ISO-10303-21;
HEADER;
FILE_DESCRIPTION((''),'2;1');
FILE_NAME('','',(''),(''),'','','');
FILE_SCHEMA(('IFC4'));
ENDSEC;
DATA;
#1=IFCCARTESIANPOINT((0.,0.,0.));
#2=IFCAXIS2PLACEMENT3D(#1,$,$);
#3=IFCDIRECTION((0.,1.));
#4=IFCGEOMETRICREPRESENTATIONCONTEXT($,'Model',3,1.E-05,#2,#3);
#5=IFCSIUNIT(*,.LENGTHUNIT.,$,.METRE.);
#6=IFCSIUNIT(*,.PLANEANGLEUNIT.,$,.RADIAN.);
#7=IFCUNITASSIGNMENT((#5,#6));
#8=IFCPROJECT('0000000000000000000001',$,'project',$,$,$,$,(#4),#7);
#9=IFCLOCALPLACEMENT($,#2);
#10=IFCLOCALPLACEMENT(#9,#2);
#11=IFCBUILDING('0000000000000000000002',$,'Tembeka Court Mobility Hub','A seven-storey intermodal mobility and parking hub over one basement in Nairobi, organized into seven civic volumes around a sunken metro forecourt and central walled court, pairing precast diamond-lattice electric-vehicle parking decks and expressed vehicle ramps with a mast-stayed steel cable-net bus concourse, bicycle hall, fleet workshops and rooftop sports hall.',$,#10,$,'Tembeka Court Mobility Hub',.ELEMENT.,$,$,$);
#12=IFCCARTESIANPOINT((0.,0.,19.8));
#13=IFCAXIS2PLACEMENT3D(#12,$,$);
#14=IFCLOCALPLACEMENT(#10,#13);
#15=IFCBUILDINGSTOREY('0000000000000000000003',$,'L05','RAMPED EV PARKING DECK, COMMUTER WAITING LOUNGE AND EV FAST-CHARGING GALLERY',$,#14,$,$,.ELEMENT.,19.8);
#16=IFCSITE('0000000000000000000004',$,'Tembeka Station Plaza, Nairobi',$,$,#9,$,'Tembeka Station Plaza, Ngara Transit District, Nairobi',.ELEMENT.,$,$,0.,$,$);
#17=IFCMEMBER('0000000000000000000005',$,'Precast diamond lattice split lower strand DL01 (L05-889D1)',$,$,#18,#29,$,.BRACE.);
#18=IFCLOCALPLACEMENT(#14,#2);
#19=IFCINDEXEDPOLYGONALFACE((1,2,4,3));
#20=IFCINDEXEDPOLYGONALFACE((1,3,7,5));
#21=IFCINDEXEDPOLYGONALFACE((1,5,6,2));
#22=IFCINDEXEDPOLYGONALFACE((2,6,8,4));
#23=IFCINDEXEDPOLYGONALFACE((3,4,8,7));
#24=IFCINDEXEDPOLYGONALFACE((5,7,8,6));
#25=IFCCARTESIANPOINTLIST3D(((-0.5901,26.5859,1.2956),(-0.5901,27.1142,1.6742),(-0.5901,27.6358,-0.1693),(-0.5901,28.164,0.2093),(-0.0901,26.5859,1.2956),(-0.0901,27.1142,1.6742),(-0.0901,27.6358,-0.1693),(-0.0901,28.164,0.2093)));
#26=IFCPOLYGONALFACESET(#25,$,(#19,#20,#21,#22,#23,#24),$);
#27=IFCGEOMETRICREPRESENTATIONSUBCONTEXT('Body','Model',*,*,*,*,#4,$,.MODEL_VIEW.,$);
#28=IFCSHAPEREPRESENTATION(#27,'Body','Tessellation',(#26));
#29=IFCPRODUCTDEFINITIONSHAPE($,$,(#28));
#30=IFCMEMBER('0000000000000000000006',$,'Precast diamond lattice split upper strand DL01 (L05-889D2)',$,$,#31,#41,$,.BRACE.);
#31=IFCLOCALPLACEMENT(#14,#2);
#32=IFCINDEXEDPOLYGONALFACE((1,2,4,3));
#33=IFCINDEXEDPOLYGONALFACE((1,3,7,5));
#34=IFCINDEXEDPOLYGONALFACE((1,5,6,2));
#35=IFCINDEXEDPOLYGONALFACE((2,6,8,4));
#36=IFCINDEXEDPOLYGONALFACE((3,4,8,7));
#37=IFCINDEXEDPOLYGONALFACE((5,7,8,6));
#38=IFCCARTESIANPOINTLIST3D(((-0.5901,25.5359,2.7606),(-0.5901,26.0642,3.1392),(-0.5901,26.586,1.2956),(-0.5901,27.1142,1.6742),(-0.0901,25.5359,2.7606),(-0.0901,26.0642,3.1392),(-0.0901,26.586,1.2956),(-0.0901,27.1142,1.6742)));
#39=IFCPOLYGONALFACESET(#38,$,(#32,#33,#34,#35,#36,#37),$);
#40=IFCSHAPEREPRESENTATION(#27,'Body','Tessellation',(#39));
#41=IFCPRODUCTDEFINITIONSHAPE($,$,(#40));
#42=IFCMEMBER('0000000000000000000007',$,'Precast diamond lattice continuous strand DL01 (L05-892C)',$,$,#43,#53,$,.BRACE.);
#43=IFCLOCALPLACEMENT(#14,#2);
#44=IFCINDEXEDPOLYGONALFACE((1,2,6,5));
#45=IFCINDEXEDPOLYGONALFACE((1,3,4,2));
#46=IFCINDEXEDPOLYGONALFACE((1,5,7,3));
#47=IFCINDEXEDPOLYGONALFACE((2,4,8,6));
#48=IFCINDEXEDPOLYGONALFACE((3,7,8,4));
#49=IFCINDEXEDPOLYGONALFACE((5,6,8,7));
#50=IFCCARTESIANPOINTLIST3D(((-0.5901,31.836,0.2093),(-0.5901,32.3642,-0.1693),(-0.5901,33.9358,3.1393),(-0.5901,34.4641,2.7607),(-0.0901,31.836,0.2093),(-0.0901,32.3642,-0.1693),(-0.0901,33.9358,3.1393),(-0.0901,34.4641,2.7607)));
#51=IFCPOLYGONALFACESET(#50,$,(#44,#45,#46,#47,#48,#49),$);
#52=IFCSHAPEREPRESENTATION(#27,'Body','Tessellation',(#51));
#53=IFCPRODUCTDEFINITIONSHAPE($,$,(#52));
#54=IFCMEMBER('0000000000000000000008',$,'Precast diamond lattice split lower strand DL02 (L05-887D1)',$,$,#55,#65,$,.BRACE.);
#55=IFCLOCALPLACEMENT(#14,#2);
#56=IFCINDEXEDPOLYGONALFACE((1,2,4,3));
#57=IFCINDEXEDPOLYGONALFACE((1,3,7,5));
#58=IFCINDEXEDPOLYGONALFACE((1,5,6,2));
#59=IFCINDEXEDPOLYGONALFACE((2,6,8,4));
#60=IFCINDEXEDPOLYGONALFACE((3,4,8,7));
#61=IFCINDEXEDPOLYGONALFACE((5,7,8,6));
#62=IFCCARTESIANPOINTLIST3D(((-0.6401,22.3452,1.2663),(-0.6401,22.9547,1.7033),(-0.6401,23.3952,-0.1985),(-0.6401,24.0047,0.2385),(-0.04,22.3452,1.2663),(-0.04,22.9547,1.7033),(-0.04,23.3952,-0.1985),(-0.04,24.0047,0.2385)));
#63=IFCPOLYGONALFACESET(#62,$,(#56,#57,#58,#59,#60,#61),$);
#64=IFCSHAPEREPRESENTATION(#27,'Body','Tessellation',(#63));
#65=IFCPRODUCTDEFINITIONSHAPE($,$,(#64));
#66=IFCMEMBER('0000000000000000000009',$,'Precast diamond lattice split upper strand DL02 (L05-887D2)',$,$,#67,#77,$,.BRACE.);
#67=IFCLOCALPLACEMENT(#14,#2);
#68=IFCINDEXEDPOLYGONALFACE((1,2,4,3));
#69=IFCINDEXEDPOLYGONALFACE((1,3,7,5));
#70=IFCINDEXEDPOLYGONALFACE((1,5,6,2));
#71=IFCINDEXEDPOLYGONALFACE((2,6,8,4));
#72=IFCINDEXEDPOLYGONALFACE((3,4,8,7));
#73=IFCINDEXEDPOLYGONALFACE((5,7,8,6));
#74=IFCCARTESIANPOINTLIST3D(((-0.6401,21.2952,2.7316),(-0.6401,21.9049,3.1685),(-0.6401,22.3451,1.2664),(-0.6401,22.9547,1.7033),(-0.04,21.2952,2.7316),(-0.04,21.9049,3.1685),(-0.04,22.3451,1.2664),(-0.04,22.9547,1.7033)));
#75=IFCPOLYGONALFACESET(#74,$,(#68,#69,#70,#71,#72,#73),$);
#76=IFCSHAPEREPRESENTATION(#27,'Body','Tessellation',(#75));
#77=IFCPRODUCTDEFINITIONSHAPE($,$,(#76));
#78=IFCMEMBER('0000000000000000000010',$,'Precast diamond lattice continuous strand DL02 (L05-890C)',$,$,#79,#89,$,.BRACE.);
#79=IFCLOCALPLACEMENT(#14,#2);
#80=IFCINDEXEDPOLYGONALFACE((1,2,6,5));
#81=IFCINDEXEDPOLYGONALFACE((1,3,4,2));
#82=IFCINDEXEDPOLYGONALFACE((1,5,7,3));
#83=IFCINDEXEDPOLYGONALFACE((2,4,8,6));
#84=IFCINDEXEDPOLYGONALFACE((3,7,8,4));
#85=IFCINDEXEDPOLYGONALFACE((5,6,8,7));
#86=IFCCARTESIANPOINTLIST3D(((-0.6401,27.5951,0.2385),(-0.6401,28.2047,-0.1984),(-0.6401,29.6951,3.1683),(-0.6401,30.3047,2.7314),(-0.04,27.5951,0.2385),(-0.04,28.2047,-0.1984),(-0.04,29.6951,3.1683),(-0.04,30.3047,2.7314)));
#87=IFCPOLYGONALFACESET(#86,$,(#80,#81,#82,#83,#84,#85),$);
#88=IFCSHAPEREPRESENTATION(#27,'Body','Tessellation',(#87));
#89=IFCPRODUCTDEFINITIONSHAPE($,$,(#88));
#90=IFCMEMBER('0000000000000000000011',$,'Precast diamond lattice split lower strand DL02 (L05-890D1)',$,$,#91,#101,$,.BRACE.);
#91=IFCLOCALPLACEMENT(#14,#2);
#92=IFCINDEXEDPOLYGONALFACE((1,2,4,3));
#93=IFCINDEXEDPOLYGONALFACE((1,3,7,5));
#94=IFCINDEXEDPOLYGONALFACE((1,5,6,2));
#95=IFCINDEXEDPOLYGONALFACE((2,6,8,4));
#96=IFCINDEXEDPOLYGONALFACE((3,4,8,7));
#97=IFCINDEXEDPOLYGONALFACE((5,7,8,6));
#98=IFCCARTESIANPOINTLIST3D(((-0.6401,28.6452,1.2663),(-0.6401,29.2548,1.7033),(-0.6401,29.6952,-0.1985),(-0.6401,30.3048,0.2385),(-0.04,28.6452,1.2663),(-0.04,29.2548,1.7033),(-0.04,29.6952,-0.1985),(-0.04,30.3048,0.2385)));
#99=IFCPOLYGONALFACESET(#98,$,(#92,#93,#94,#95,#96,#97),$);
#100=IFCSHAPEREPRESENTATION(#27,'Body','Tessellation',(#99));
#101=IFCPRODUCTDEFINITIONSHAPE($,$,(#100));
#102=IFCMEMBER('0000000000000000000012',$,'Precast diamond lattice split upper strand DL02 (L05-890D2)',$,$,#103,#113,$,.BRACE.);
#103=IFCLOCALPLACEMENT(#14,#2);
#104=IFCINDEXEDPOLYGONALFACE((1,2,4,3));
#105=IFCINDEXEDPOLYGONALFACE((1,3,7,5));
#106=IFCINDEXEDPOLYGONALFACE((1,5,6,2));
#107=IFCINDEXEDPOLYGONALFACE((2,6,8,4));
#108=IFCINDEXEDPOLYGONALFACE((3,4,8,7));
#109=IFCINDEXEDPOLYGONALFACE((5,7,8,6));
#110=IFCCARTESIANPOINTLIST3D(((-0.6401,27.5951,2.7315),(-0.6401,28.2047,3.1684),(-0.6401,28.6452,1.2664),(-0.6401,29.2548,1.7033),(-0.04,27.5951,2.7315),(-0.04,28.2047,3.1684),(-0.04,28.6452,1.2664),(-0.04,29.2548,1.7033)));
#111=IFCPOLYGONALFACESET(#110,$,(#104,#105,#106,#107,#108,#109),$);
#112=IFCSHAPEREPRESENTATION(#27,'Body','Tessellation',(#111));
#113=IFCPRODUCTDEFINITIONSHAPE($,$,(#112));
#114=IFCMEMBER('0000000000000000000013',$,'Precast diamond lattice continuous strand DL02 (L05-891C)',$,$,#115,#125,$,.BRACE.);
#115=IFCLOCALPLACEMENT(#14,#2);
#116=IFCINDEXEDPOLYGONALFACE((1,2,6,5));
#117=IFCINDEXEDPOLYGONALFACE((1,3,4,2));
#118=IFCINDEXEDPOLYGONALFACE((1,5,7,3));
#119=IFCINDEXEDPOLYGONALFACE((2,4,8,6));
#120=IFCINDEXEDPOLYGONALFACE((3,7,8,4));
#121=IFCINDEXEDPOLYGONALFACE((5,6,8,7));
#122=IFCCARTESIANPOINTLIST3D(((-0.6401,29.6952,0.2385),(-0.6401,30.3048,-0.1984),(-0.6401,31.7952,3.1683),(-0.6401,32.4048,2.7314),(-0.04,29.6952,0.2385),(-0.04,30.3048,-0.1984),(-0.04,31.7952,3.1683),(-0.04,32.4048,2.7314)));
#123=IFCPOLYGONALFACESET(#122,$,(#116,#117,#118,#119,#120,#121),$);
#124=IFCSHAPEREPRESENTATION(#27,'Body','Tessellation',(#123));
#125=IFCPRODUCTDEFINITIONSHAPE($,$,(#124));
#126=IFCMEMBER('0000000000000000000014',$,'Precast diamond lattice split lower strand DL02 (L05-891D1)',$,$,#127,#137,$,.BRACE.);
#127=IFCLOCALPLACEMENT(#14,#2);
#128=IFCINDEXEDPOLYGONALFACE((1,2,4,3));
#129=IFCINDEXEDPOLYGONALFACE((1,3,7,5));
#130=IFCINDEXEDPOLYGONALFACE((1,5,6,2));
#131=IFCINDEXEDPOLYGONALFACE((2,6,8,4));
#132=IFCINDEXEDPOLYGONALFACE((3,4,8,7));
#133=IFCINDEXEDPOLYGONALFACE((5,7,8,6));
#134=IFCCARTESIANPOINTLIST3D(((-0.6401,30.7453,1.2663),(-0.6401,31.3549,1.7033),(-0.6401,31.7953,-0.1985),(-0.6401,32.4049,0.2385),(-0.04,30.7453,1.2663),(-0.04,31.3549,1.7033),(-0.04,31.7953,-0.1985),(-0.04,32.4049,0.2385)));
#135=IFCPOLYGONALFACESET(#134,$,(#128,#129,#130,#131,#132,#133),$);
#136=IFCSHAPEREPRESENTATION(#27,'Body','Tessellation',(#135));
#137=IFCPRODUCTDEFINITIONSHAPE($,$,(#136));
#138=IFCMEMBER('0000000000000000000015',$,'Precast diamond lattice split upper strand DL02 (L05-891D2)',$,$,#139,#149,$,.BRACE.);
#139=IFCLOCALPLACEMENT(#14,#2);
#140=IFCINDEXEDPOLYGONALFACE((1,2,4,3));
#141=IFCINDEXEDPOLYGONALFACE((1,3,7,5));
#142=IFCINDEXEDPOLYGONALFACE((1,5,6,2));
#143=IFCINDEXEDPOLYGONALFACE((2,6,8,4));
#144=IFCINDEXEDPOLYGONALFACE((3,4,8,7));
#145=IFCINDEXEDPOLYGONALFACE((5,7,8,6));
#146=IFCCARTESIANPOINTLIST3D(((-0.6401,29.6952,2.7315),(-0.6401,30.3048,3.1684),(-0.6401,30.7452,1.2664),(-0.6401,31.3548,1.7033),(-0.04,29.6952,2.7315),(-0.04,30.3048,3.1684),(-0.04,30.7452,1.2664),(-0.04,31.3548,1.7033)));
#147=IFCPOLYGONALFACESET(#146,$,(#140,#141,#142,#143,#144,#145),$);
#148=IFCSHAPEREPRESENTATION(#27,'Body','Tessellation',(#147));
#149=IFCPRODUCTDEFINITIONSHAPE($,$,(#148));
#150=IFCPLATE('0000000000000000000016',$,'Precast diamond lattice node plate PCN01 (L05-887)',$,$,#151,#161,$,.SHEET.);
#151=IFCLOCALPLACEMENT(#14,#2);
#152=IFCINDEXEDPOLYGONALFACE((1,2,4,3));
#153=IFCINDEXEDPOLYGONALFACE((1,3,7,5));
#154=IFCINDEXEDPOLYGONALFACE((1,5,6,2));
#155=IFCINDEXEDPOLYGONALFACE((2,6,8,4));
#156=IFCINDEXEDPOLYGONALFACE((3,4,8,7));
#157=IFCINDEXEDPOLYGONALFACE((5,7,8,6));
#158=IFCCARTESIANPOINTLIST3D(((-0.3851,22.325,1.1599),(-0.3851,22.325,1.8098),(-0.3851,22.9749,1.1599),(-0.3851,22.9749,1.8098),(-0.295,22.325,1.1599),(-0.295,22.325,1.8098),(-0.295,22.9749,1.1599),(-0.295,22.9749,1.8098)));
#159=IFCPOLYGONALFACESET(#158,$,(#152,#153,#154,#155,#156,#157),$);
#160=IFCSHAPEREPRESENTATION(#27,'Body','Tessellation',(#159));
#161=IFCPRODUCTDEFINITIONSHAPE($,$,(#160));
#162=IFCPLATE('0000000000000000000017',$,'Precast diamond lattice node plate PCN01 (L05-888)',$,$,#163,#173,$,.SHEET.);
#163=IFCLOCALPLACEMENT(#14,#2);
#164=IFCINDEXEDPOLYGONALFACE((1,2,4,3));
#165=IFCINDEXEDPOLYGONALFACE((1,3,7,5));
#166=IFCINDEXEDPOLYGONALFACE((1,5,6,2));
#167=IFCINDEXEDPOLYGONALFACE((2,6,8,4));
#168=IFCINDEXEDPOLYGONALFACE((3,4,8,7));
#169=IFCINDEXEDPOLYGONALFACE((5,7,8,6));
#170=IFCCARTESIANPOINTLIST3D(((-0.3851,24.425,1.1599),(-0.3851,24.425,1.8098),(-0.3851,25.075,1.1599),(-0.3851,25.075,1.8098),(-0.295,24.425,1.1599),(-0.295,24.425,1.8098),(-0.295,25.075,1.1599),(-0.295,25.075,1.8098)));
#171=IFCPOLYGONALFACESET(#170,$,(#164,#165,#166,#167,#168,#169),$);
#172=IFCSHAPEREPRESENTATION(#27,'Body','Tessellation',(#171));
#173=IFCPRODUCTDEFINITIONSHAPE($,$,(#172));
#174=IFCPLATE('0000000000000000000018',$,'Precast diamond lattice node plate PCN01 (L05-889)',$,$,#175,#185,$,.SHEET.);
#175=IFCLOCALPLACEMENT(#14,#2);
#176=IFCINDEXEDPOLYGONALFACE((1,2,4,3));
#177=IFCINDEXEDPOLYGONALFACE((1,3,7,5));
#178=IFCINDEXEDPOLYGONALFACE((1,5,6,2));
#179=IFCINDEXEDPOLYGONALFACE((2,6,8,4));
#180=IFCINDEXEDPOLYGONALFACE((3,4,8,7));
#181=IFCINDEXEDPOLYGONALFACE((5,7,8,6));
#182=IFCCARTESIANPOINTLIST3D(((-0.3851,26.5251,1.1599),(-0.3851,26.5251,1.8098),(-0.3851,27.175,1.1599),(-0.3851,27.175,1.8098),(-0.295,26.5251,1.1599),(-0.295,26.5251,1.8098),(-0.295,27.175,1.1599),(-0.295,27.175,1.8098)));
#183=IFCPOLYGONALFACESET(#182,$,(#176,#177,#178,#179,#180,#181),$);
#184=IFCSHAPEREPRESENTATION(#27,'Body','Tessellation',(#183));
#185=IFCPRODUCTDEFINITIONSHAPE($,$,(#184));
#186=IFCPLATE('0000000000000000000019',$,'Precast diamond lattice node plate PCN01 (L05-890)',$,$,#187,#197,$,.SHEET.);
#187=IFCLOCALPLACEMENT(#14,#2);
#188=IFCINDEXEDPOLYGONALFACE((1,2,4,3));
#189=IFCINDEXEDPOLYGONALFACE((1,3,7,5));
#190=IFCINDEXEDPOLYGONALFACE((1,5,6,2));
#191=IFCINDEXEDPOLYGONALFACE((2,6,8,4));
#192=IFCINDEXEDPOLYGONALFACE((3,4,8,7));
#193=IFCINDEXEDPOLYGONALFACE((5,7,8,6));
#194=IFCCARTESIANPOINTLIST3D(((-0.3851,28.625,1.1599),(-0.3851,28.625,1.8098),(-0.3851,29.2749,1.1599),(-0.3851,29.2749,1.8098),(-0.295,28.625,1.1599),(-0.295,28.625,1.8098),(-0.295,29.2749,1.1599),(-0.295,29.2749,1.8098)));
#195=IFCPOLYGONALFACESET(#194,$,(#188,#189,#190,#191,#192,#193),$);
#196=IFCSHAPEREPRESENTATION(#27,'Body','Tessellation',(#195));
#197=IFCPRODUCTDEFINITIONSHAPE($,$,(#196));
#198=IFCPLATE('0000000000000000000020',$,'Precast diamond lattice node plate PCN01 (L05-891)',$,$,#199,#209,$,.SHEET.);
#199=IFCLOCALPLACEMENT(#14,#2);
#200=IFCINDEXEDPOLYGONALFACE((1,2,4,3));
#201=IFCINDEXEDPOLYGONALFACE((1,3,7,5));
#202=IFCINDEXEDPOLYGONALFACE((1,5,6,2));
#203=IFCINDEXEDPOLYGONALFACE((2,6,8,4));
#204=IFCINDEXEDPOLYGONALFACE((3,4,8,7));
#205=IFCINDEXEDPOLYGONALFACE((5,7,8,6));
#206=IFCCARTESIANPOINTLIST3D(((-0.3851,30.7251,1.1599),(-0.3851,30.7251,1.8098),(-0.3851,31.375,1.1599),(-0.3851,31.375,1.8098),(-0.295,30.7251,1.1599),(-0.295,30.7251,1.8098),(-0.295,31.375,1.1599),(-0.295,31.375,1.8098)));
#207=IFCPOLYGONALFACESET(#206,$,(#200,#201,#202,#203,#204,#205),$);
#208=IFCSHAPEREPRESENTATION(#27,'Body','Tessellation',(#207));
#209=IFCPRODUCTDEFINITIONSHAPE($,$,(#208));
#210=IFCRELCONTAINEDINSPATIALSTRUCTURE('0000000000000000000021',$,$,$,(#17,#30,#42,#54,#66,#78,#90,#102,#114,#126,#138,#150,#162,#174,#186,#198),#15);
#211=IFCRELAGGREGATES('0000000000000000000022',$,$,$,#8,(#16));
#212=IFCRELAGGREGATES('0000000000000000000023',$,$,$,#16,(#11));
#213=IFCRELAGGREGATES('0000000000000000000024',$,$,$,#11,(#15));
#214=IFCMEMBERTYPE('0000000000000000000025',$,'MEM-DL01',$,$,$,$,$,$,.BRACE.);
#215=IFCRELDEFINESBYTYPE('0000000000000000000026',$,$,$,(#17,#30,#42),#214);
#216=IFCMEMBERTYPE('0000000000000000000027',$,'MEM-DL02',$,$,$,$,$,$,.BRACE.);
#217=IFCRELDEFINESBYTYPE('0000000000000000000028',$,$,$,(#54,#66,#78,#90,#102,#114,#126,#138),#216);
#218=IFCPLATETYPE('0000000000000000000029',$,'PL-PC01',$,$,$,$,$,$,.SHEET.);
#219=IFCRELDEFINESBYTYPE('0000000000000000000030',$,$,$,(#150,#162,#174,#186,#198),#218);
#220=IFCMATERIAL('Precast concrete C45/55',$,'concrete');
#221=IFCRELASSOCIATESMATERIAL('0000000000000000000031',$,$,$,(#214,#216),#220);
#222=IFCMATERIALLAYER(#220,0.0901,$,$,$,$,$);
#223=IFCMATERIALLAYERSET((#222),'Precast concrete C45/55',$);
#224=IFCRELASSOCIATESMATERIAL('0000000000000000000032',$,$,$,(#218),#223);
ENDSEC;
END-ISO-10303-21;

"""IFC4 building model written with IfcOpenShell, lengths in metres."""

from ifc_helpers import new_model, si_unit, direction, frame, origin, origin_2d, place, context, subcontext, project, spatial, rectangle, extrude, material, layer, layer_set, material_profile, profile_set, type_object, element, save


model = new_model("IFC4")

# Units and contexts
model_context = context("Model", 3, precision=1e-05, world=origin(), true_north=direction((0.0, 1.0)))
body_context = subcontext(model_context, "Body", "Model", "MODEL_VIEW")
ifc_project = project(units=[si_unit("LENGTHUNIT", "METRE"), si_unit("PLANEANGLEUNIT", "RADIAN")], contexts=[model_context])

# Site, building, storey
site_placement = place(None, origin())
site = spatial("IfcSite", under=ifc_project, at=site_placement, Name="Tembeka Station Plaza, Nairobi", LongName="Tembeka Station Plaza, Ngara Transit District, Nairobi", CompositionType="ELEMENT", RefElevation=0.0)
building_placement = place(site_placement, origin())
building = spatial("IfcBuilding", under=site, at=building_placement, Name="Tembeka Court Mobility Hub", Description="A seven-storey intermodal mobility and parking hub over one basement in Nairobi, organized into seven civic volumes around a sunken metro forecourt and central walled court, pairing precast diamond-lattice electric-vehicle parking decks and expressed vehicle ramps with a mast-stayed steel cable-net bus concourse, bicycle hall, fleet workshops and rooftop sports hall.", LongName="Tembeka Court Mobility Hub", CompositionType="ELEMENT")
storey_placement = place(building_placement, frame((0.0, 0.0, 19.8)))
storey = spatial("IfcBuildingStorey", under=building, at=storey_placement, Name="L05", Description="RAMPED EV PARKING DECK, COMMUTER WAITING LOUNGE AND EV FAST-CHARGING GALLERY", CompositionType="ELEMENT", Elevation=19.8)

# Members
ifc_material_1 = material(Name="Precast concrete C45/55", Category="concrete")
ifc_material_profile_1 = material_profile(ifc_material_1, rectangle(XDim=0.5, YDim=0.6499, at=origin_2d()), Name="PC-DIAG 500x650")
ifc_profile_set_1 = profile_set([ifc_material_profile_1], Name="Precast concrete C45/55")
member_type_1 = type_object("IfcMemberType", Name="MEM-DL01", PredefinedType="BRACE", material=ifc_profile_set_1)
member_1_placement = place(storey_placement, frame((-0.3401, 27.8999, 0.02), z_axis=(0.0, -0.582519, 0.812817), x_axis=(1.0, 0.0, 0.0)))
element("IfcMember", 1, at=member_1_placement, inside=storey, type_object=member_type_1, Name="Precast diamond lattice split lower strand DL01 (L05-889D1)", PredefinedType="BRACE", context=body_context, shape_type="SweptSolid", body=[
    extrude(rectangle(XDim=0.5, YDim=0.6499, at=origin_2d()), origin(), (0.0, 0.0, 1.0), 1.8022),
])
member_2_placement = place(storey_placement, frame((-0.3401, 26.8501, 1.4849), z_axis=(0.0, -0.582544, 0.812799), x_axis=(1.0, 0.0, 0.0)))
element("IfcMember", 2, at=member_2_placement, inside=storey, type_object=member_type_1, Name="Precast diamond lattice split upper strand DL01 (L05-889D2)", PredefinedType="BRACE", context=body_context, shape_type="SweptSolid", body=[
    extrude(rectangle(XDim=0.5, YDim=0.6499, at=origin_2d()), origin(), (0.0, 0.0, 1.0), 1.8025),
])
member_3_placement = place(storey_placement, frame((-0.3401, 32.1001, 0.02), z_axis=(0.0, 0.582532, 0.812808), x_axis=(-1.0, 0.0, 0.0)))
element("IfcMember", 3, at=member_3_placement, inside=storey, type_object=member_type_1, Name="Precast diamond lattice continuous strand DL01 (L05-892C)", PredefinedType="BRACE", context=body_context, shape_type="SweptSolid", body=[
    extrude(rectangle(XDim=0.5, YDim=0.6499, at=origin_2d()), origin(), (0.0, 0.0, 1.0), 3.6047),
])
ifc_material_profile_2 = material_profile(ifc_material_1, rectangle(XDim=0.6001, YDim=0.75, at=origin_2d()), Name="PC-DIAG 600x750")
ifc_profile_set_2 = profile_set([ifc_material_profile_2], Name="Precast concrete C45/55")
member_type_2 = type_object("IfcMemberType", Name="MEM-DL02", PredefinedType="BRACE", material=ifc_profile_set_2)
member_4_placement = place(storey_placement, frame((-0.3401, 23.7, 0.02), z_axis=(0.0, -0.582608, 0.812753), x_axis=(1.0, 0.0, 0.0)))
element("IfcMember", 4, at=member_4_placement, inside=storey, type_object=member_type_2, Name="Precast diamond lattice split lower strand DL02 (L05-887D1)", PredefinedType="BRACE", context=body_context, shape_type="SweptSolid", body=[
    extrude(rectangle(XDim=0.6001, YDim=0.75, at=origin_2d()), origin(), (0.0, 0.0, 1.0), 1.8022),
])
member_5_placement = place(storey_placement, frame((-0.3401, 22.6499, 1.4849), z_axis=(0.0, -0.582455, 0.812863), x_axis=(1.0, 0.0, 0.0)))
element("IfcMember", 5, at=member_5_placement, inside=storey, type_object=member_type_2, Name="Precast diamond lattice split upper strand DL02 (L05-887D2)", PredefinedType="BRACE", context=body_context, shape_type="SweptSolid", body=[
    extrude(rectangle(XDim=0.6001, YDim=0.75, at=origin_2d()), origin(), (0.0, 0.0, 1.0), 1.8025),
])
member_6_placement = place(storey_placement, frame((-0.3401, 27.8999, 0.02), z_axis=(0.0, 0.582576, 0.812776), x_axis=(-1.0, 0.0, 0.0)))
element("IfcMember", 6, at=member_6_placement, inside=storey, type_object=member_type_2, Name="Precast diamond lattice continuous strand DL02 (L05-890C)", PredefinedType="BRACE", context=body_context, shape_type="SweptSolid", body=[
    extrude(rectangle(XDim=0.6001, YDim=0.75, at=origin_2d()), origin(), (0.0, 0.0, 1.0), 3.6047),
])
member_7_placement = place(storey_placement, frame((-0.3401, 30.0, 0.02), z_axis=(0.0, -0.582608, 0.812753), x_axis=(1.0, 0.0, 0.0)))
element("IfcMember", 7, at=member_7_placement, inside=storey, type_object=member_type_2, Name="Precast diamond lattice split lower strand DL02 (L05-890D1)", PredefinedType="BRACE", context=body_context, shape_type="SweptSolid", body=[
    extrude(rectangle(XDim=0.6001, YDim=0.75, at=origin_2d()), origin(), (0.0, 0.0, 1.0), 1.8022),
])
member_8_placement = place(storey_placement, frame((-0.3401, 28.95, 1.4849), z_axis=(0.0, -0.582544, 0.812799), x_axis=(1.0, 0.0, 0.0)))
element("IfcMember", 8, at=member_8_placement, inside=storey, type_object=member_type_2, Name="Precast diamond lattice split upper strand DL02 (L05-890D2)", PredefinedType="BRACE", context=body_context, shape_type="SweptSolid", body=[
    extrude(rectangle(XDim=0.6001, YDim=0.75, at=origin_2d()), origin(), (0.0, 0.0, 1.0), 1.8025),
])
member_9_placement = place(storey_placement, frame((-0.3401, 30.0, 0.02), z_axis=(0.0, 0.582576, 0.812776), x_axis=(-1.0, 0.0, 0.0)))
element("IfcMember", 9, at=member_9_placement, inside=storey, type_object=member_type_2, Name="Precast diamond lattice continuous strand DL02 (L05-891C)", PredefinedType="BRACE", context=body_context, shape_type="SweptSolid", body=[
    extrude(rectangle(XDim=0.6001, YDim=0.75, at=origin_2d()), origin(), (0.0, 0.0, 1.0), 3.6047),
])
member_10_placement = place(storey_placement, frame((-0.3401, 32.1001, 0.02), z_axis=(0.0, -0.582608, 0.812753), x_axis=(1.0, 0.0, 0.0)))
element("IfcMember", 10, at=member_10_placement, inside=storey, type_object=member_type_2, Name="Precast diamond lattice split lower strand DL02 (L05-891D1)", PredefinedType="BRACE", context=body_context, shape_type="SweptSolid", body=[
    extrude(rectangle(XDim=0.6001, YDim=0.75, at=origin_2d()), origin(), (0.0, 0.0, 1.0), 1.8022),
])
member_11_placement = place(storey_placement, frame((-0.3401, 31.05, 1.4849), z_axis=(0.0, -0.582544, 0.812799), x_axis=(1.0, 0.0, 0.0)))
element("IfcMember", 11, at=member_11_placement, inside=storey, type_object=member_type_2, Name="Precast diamond lattice split upper strand DL02 (L05-891D2)", PredefinedType="BRACE", context=body_context, shape_type="SweptSolid", body=[
    extrude(rectangle(XDim=0.6001, YDim=0.75, at=origin_2d()), origin(), (0.0, 0.0, 1.0), 1.8025),
])

# Plates
ifc_layer = layer(ifc_material_1, 0.0901)
ifc_layer_set = layer_set([ifc_layer], Name="Precast concrete C45/55")
plate_type = type_object("IfcPlateType", Name="PL-PC01", PredefinedType="SHEET", material=ifc_layer_set)
for number, where, z_axis, x_axis, name in (
    (12, (-0.3401, 22.6499, 1.1599), (0.0, 0.0, 1.0), (1.0, 0.0, 0.0), "Precast diamond lattice node plate PCN01 (L05-887)"),
    (13, (-0.3401, 24.75, 1.1599), (0.0, 0.0, 1.0), (1.0, 0.0, 0.0), "Precast diamond lattice node plate PCN01 (L05-888)"),
    (14, (-0.3401, 26.8501, 1.1599), (0.0, 0.0, 1.0), (1.0, 0.0, 0.0), "Precast diamond lattice node plate PCN01 (L05-889)"),
    (15, (-0.3401, 28.95, 1.1599), (0.0, 0.0, 1.0), (1.0, 0.0, 0.0), "Precast diamond lattice node plate PCN01 (L05-890)"),
    (16, (-0.3401, 31.05, 1.1599), (0.0, 0.0, 1.0), (1.0, 0.0, 0.0), "Precast diamond lattice node plate PCN01 (L05-891)"),
):
    element("IfcPlate", number, at=place(storey_placement, frame(where, z_axis=z_axis, x_axis=x_axis)), inside=storey, type_object=plate_type, Name=name, PredefinedType="SHEET", context=body_context, shape_type="SweptSolid", body=[
        extrude(rectangle(XDim=0.0901, YDim=0.6499, at=origin_2d()), origin(), (0.0, 0.0, 1.0), 0.6499),
    ])

save(model, "model.ifc")
